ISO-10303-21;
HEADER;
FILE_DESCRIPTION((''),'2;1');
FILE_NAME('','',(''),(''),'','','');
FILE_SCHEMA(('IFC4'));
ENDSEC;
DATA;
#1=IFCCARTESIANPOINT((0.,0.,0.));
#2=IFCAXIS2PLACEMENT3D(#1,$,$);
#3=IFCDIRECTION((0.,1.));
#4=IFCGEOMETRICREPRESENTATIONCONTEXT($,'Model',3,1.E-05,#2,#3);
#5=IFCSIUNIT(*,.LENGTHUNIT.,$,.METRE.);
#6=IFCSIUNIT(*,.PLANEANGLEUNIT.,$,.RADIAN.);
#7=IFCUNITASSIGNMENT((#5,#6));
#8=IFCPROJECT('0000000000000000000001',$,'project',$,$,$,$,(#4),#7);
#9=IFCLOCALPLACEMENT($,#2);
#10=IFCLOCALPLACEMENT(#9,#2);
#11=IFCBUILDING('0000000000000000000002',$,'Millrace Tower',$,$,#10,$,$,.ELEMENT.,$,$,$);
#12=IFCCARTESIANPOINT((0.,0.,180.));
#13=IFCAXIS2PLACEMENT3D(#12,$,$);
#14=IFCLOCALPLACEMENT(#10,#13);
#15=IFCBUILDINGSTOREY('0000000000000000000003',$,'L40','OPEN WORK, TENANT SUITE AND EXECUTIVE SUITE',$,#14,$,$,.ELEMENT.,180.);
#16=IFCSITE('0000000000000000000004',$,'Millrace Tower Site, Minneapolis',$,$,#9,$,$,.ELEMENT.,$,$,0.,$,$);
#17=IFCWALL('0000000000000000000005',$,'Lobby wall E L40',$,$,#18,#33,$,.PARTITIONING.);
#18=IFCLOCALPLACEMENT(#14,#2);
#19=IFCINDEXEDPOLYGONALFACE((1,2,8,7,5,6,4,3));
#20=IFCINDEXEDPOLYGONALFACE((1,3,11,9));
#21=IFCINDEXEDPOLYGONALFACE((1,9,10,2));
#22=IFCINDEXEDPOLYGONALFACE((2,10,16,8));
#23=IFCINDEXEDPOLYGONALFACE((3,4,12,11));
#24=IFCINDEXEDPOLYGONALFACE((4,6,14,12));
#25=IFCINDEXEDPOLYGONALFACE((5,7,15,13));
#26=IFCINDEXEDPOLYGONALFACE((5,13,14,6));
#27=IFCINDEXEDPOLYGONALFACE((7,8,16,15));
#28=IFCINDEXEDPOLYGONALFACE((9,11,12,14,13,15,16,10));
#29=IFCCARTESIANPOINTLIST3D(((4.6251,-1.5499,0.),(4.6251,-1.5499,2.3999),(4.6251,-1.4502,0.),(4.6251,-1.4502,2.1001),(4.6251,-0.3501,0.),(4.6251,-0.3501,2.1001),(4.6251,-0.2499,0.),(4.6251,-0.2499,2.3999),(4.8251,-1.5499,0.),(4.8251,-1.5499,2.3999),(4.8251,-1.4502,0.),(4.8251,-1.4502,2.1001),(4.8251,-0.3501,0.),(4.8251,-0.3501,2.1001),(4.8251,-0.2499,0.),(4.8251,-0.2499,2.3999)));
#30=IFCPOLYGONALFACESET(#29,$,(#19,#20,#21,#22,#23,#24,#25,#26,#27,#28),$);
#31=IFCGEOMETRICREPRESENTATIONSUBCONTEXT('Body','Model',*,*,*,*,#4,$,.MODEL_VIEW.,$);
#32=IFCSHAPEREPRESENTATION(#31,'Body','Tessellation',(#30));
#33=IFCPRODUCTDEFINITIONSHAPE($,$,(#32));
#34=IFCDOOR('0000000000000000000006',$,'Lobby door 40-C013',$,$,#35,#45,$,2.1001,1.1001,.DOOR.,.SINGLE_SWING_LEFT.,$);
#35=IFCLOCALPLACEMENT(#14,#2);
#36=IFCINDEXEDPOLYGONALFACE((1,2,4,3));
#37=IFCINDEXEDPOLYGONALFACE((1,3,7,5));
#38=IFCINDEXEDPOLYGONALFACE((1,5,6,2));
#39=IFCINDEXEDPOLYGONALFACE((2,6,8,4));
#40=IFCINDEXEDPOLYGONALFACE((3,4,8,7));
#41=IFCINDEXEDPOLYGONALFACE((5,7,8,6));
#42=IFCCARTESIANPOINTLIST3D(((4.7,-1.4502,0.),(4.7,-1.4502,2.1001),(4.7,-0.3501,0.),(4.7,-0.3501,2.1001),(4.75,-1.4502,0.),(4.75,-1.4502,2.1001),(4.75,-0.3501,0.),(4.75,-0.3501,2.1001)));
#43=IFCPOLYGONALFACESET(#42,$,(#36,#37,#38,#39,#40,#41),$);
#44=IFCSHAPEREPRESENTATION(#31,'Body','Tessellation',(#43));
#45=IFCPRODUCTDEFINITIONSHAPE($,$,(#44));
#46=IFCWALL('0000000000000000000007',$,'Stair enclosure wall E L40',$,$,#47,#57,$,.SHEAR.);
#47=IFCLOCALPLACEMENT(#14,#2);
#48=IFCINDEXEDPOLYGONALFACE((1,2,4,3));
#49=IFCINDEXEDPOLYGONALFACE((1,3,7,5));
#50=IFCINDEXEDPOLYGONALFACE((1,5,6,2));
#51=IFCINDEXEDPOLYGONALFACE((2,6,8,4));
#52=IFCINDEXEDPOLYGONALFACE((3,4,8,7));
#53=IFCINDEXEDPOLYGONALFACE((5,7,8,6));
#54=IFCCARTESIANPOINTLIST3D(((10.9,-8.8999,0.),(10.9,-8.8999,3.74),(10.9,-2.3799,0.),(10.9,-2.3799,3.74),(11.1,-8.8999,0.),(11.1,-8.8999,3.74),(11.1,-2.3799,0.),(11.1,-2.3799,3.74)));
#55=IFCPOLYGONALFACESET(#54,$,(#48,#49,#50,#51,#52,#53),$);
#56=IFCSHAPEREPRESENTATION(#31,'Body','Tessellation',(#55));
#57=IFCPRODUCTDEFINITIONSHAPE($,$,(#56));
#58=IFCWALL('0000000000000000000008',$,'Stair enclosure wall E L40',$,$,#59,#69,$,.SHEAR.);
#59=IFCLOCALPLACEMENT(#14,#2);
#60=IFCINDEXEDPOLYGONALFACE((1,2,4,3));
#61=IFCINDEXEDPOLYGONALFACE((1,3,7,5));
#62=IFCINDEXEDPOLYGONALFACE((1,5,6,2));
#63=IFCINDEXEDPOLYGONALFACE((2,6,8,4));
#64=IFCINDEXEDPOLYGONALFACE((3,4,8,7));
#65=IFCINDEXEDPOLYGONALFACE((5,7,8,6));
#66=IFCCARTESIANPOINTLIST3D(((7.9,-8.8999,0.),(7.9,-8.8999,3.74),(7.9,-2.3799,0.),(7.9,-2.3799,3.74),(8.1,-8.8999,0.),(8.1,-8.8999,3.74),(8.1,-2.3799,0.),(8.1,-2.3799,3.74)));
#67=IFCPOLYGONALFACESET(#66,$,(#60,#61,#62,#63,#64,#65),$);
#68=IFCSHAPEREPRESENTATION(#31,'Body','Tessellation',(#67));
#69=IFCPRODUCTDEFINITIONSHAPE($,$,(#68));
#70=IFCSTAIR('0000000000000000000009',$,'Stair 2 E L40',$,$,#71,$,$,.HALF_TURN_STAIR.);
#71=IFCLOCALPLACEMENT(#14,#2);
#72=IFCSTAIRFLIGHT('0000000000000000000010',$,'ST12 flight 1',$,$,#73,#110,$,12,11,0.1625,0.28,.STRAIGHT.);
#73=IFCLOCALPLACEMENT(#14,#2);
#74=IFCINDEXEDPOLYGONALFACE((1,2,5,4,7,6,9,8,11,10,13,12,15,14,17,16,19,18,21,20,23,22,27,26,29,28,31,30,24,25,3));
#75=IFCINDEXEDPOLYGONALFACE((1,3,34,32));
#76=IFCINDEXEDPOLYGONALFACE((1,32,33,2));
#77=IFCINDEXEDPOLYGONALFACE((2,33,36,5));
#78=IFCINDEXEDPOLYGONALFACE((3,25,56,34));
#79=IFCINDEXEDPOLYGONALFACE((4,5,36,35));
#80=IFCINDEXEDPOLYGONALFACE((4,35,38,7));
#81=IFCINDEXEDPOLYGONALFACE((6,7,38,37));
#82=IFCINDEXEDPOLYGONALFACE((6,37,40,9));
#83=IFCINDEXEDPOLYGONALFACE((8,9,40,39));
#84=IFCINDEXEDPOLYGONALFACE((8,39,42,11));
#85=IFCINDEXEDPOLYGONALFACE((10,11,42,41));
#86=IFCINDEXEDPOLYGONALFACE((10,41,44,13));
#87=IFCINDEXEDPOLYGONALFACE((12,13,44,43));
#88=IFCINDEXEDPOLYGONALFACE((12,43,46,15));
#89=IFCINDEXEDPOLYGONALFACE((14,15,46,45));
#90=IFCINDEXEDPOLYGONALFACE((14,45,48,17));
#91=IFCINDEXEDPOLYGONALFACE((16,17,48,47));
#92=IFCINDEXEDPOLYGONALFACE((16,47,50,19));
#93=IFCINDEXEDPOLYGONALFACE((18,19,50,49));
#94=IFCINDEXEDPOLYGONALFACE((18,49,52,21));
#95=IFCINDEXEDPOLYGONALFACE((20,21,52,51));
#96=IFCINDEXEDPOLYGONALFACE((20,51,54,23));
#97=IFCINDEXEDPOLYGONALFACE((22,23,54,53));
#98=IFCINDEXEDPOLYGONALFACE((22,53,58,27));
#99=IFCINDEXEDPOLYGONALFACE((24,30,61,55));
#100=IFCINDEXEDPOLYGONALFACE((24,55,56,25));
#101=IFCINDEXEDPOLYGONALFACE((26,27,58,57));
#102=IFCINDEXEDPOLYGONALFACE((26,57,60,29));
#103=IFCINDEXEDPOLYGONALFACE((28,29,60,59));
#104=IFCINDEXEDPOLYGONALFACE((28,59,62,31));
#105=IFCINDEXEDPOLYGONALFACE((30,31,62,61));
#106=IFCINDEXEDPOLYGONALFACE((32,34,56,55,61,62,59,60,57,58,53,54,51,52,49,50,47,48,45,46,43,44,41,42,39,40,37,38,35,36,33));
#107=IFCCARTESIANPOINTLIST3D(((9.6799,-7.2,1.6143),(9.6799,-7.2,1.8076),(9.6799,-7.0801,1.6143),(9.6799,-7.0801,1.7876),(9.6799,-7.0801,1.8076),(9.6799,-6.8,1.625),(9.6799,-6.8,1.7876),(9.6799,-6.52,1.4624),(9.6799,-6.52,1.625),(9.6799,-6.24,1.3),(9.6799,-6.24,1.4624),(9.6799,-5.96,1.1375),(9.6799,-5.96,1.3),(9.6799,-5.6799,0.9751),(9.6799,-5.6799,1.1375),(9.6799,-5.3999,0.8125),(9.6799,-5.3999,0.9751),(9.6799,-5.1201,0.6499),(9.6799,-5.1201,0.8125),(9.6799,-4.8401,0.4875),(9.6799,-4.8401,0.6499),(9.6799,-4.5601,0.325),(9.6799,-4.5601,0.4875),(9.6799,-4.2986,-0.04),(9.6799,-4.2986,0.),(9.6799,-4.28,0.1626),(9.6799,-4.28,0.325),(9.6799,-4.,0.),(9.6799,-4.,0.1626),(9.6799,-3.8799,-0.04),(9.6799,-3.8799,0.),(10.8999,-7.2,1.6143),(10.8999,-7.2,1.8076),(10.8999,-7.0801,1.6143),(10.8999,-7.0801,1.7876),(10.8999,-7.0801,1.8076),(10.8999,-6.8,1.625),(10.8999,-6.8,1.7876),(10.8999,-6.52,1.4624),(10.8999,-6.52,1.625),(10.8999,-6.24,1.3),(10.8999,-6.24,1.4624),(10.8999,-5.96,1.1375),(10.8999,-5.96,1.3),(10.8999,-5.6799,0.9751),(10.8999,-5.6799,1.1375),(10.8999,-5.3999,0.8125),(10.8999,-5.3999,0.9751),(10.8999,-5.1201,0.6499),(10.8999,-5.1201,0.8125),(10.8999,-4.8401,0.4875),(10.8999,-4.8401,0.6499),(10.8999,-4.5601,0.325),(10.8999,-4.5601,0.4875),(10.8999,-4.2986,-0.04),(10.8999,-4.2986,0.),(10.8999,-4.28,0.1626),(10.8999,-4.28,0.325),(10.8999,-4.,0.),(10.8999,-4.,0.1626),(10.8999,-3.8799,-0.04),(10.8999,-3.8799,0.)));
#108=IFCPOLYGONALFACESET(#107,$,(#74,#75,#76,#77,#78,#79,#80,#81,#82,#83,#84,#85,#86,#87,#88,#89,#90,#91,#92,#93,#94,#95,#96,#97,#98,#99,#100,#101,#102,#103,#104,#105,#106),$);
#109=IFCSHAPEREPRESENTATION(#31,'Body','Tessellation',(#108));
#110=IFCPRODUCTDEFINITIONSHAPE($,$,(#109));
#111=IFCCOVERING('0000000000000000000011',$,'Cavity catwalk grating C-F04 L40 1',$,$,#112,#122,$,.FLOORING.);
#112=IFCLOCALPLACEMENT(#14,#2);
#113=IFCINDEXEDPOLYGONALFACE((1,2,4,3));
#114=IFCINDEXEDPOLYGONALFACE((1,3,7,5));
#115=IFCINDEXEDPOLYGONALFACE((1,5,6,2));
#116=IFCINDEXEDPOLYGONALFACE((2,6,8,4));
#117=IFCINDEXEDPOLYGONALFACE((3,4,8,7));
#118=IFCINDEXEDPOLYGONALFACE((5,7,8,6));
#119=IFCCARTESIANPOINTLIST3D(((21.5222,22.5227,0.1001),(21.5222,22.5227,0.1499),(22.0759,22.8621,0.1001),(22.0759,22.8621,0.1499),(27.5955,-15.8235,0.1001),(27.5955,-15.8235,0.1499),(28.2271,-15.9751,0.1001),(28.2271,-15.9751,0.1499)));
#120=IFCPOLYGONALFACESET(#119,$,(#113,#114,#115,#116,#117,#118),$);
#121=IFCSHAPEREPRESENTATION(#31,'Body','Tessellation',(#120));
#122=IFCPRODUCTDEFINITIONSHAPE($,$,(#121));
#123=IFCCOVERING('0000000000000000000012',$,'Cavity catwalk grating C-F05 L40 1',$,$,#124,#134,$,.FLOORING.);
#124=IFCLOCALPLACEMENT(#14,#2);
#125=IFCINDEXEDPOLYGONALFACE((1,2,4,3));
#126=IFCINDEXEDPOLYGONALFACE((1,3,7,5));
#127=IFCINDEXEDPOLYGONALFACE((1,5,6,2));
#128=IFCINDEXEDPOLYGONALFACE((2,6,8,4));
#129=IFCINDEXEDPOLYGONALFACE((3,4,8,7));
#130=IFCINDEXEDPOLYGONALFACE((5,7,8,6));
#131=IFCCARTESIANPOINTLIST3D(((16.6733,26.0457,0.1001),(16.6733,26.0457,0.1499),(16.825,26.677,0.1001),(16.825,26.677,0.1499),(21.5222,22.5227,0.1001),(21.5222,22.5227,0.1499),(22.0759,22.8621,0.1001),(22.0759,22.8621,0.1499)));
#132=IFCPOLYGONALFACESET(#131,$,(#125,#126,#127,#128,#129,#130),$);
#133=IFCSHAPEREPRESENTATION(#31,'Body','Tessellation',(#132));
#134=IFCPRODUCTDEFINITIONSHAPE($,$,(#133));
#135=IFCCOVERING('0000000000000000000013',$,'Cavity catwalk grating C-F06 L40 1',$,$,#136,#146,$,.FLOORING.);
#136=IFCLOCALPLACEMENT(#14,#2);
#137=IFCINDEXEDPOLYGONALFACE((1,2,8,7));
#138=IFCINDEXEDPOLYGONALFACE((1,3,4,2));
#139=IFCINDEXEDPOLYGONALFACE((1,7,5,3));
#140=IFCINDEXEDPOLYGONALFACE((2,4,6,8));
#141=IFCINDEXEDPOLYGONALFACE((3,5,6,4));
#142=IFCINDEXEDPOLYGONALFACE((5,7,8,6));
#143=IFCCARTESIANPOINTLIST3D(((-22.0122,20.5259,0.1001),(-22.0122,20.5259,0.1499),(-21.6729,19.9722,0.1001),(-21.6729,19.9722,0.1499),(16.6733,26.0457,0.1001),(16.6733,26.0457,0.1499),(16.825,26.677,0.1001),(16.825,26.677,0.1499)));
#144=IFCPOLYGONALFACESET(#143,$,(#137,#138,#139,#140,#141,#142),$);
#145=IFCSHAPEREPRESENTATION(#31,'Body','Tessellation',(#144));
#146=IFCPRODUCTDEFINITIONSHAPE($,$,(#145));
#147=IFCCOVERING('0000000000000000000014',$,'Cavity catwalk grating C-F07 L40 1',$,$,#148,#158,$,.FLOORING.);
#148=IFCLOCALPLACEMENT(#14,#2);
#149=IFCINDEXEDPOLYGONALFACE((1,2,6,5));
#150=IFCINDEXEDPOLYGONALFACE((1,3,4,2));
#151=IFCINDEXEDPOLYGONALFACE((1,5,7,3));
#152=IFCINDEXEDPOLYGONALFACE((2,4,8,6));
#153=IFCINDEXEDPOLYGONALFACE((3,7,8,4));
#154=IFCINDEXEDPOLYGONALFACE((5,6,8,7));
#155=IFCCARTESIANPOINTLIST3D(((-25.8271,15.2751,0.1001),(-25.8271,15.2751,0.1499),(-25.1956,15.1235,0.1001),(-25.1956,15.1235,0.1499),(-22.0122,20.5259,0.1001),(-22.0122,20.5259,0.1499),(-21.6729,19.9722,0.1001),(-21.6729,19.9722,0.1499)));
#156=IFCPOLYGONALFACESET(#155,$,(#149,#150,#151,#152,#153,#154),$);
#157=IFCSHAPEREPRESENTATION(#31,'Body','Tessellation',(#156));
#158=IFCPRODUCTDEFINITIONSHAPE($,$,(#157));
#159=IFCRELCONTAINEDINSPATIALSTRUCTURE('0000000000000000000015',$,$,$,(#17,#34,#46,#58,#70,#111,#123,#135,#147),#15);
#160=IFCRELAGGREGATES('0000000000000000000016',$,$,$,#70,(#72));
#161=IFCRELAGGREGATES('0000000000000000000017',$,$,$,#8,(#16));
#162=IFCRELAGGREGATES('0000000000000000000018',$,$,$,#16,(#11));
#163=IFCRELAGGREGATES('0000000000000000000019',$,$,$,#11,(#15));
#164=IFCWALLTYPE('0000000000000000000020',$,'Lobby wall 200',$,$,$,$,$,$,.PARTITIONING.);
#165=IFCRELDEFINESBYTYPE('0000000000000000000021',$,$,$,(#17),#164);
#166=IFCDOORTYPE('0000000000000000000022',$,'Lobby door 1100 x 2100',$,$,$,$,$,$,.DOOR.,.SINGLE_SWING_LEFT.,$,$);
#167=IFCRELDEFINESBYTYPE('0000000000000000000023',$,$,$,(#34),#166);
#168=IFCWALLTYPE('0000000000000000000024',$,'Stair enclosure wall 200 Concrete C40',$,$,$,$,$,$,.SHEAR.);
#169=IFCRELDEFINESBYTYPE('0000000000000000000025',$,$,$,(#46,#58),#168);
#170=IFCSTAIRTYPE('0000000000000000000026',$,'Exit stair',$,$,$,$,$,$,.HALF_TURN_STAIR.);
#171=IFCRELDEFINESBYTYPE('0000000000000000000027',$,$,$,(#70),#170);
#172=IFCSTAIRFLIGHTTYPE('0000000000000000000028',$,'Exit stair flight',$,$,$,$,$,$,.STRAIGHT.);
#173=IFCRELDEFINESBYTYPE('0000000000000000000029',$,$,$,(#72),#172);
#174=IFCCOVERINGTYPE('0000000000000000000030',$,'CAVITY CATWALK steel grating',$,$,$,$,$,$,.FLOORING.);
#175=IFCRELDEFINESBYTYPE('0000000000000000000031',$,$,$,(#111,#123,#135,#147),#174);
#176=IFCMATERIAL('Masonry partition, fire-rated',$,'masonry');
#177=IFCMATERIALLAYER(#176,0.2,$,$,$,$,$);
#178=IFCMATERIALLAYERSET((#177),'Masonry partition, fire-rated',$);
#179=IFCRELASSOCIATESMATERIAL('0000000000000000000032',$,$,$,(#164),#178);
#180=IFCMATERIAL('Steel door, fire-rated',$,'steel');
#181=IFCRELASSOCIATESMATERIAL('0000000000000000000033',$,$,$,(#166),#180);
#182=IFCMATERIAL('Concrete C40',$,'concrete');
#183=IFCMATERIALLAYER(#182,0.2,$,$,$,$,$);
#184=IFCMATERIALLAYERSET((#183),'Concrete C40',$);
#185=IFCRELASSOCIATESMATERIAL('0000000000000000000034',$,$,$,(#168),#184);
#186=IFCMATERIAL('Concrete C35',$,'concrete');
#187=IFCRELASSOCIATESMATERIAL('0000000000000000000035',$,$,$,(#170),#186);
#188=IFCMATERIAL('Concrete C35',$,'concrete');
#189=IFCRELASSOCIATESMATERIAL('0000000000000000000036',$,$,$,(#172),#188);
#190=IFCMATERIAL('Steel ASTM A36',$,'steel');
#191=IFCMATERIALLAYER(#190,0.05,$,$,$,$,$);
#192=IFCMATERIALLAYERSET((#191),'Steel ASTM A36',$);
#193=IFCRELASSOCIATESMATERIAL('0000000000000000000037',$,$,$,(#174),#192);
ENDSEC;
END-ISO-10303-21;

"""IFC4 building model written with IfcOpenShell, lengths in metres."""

from ifc_helpers import new_model, si_unit, direction, frame, frame_2d, origin, place, context, subcontext, project, spatial, polyline, rectangle, outline, extrude, material, layer, layer_set, type_object, element, fill, aggregate, save


model = new_model("IFC4")

# Units and contexts
model_context = context("Model", 3, precision=1e-05, world=origin(), true_north=direction((0.0, 1.0)))
body_context = subcontext(model_context, "Body", "Model", "MODEL_VIEW")
ifc_project = project(units=[si_unit("LENGTHUNIT", "METRE"), si_unit("PLANEANGLEUNIT", "RADIAN")], contexts=[model_context])

# Site, building, storey
site_placement = place(None, origin())
site = spatial("IfcSite", under=ifc_project, at=site_placement, Name="Millrace Tower Site, Minneapolis", CompositionType="ELEMENT", RefElevation=0.0)
building_placement = place(site_placement, origin())
building = spatial("IfcBuilding", under=site, at=building_placement, Name="Millrace Tower", CompositionType="ELEMENT")
storey_placement = place(building_placement, frame((0.0, 0.0, 180.0)))
storey = spatial("IfcBuildingStorey", under=building, at=storey_placement, Name="L40", Description="OPEN WORK, TENANT SUITE AND EXECUTIVE SUITE", CompositionType="ELEMENT", Elevation=180.0)

# Shared definitions
placement_1 = place(storey_placement, origin())

# Wall, opening, door
ifc_material_1 = material(Name="Masonry partition, fire-rated", Category="masonry")
ifc_layer_1 = layer(ifc_material_1, 0.2)
ifc_layer_set_1 = layer_set([ifc_layer_1], Name="Masonry partition, fire-rated")
wall_type_1 = type_object("IfcWallType", Name="Lobby wall 200", PredefinedType="PARTITIONING", material=ifc_layer_set_1)
wall_1_placement = place(storey_placement, frame((4.7251, -0.25, 0.0), z_axis=(0.0, 0.0, 1.0), x_axis=(0.0, -1.0, 0.0)))
wall_1 = element("IfcWall", 1, at=wall_1_placement, inside=storey, type_object=wall_type_1, Name="Lobby wall E L40", PredefinedType="PARTITIONING", context=body_context, shape_type="SweptSolid", body=[
    extrude(rectangle(XDim=1.3, YDim=0.2, at=frame_2d((0.6499, 0.0))), origin(), (0.0, 0.0, 1.0), 2.3999),
])
opening_placement = place(wall_1_placement, frame((0.1001, 0.0, 0.0)))
opening = element("IfcOpeningElement", 2, at=opening_placement, cuts=wall_1, PredefinedType="OPENING", context=body_context, shape_type="SweptSolid", body=[
    extrude(rectangle(XDim=1.1001, YDim=2.1001, at=frame_2d((0.55, 1.05))), frame((0.0, 0.1099, 0.0), z_axis=(0.0, -1.0, 0.0), x_axis=(1.0, 0.0, 0.0)), (0.0, 0.0, 1.0), 0.22),
])
ifc_material_2 = material(Name="Steel door, fire-rated", Category="steel")
door_type = type_object("IfcDoorType", Name="Lobby door 1100 x 2100", OperationType="SINGLE_SWING_LEFT", PredefinedType="DOOR", material=ifc_material_2)
door_placement = place(opening_placement, origin())
door = element("IfcDoor", 3, at=door_placement, inside=storey, type_object=door_type, Name="Lobby door 40-C013", OperationType="SINGLE_SWING_LEFT", OverallHeight=2.1001, OverallWidth=1.1001, PredefinedType="DOOR", context=body_context, shape_type="SweptSolid", body=[
    extrude(rectangle(XDim=1.1001, YDim=2.1001, at=frame_2d((0.55, 1.05))), frame((0.0, 0.0249, 0.0), z_axis=(0.0, -1.0, 0.0), x_axis=(1.0, 0.0, 0.0)), (0.0, 0.0, 1.0), 0.05),
])
fill(opening, door)

# Walls
ifc_material_3 = material(Name="Concrete C40", Category="concrete")
ifc_layer_2 = layer(ifc_material_3, 0.2)
ifc_layer_set_2 = layer_set([ifc_layer_2], Name="Concrete C40")
wall_type_2 = type_object("IfcWallType", Name="Stair enclosure wall 200 Concrete C40", PredefinedType="SHEAR", material=ifc_layer_set_2)
for number, where, z_axis, x_axis, name in (
    (4, (11.0, -2.3799, 0.0), (0.0, 0.0, 1.0), (0.0, -1.0, 0.0), "Stair enclosure wall E L40"),
    (5, (8.0, -2.3799, 0.0), (0.0, 0.0, 1.0), (0.0, -1.0, 0.0), "Stair enclosure wall E L40"),
):
    element("IfcWall", number, at=place(storey_placement, frame(where, z_axis=z_axis, x_axis=x_axis)), inside=storey, type_object=wall_type_2, Name=name, PredefinedType="SHEAR", context=body_context, shape_type="SweptSolid", body=[
        extrude(rectangle(XDim=6.52, YDim=0.2, at=frame_2d((3.26, 0.0))), origin(), (0.0, 0.0, 1.0), 3.74),
    ])

# Stair, stair flight
ifc_material_4 = material(Name="Concrete C35", Category="concrete")
stair_type = type_object("IfcStairType", Name="Exit stair", PredefinedType="HALF_TURN_STAIR", material=ifc_material_4)
stair = element("IfcStair", 6, at=placement_1, inside=storey, type_object=stair_type, Name="Stair 2 E L40", PredefinedType="HALF_TURN_STAIR")
ifc_material_5 = material(Name="Concrete C35", Category="concrete")
stair_flight_type = type_object("IfcStairFlightType", Name="Exit stair flight", PredefinedType="STRAIGHT", material=ifc_material_5)
stair_flight_placement = place(storey_placement, frame((10.29, -4.0, 0.0), z_axis=(0.0, 0.0, 1.0), x_axis=(0.0, -1.0, 0.0)))
stair_flight = element("IfcStairFlight", 7, at=stair_flight_placement, type_object=stair_flight_type, Name="ST12 flight 1", NumberOfRisers=12, NumberOfTreads=11, PredefinedType="STRAIGHT", RiserHeight=0.1625, TreadLength=0.28, context=body_context, shape_type="SweptSolid", body=[
    extrude(outline(polyline([(-0.1201, -0.04), (-0.1201, 0.0), (0.0, 0.0), (0.0, 0.1626), (0.28, 0.1626), (0.28, 0.325), (0.5601, 0.325), (0.5601, 0.4875), (0.8401, 0.4875), (0.8401, 0.6499), (1.1201, 0.6499), (1.1201, 0.8125), (1.3999, 0.8125), (1.3999, 0.9751), (1.6799, 0.9751), (1.6799, 1.1375), (1.96, 1.1375), (1.96, 1.3), (2.24, 1.3), (2.24, 1.4624), (2.52, 1.4624), (2.52, 1.625), (2.8, 1.625), (2.8, 1.7876), (3.0801, 1.7876), (3.0801, 1.8076), (3.2, 1.8076), (3.2, 1.6143), (3.0801, 1.6143), (0.2986, 0.0), (0.2986, -0.04), (-0.1201, -0.04)])), frame((0.0, 0.6099, 0.0), z_axis=(0.0, -1.0, 0.0), x_axis=(1.0, 0.0, 0.0)), (0.0, 0.0, 1.0), 1.22),
])
aggregate(stair, [stair_flight])

# Coverings
ifc_material_6 = material(Name="Steel ASTM A36", Category="steel")
ifc_layer_3 = layer(ifc_material_6, 0.05)
ifc_layer_set_3 = layer_set([ifc_layer_3], Name="Steel ASTM A36")
covering_type = type_object("IfcCoveringType", Name="CAVITY CATWALK steel grating", PredefinedType="FLOORING", material=ifc_layer_set_3)
placement_2 = place(storey_placement, frame((0.0, 0.0, 0.1001)))
element("IfcCovering", 8, at=placement_2, inside=storey, type_object=covering_type, Name="Cavity catwalk grating C-F04 L40 1", PredefinedType="FLOORING", context=body_context, shape_type="SweptSolid", body=[
    extrude(outline(polyline([(28.2271, -15.9751), (22.0759, 22.8621), (21.5222, 22.5227), (27.5955, -15.8235), (28.2271, -15.9751)])), origin(), (0.0, 0.0, 1.0), 0.0498),
])
element("IfcCovering", 9, at=placement_2, inside=storey, type_object=covering_type, Name="Cavity catwalk grating C-F05 L40 1", PredefinedType="FLOORING", context=body_context, shape_type="SweptSolid", body=[
    extrude(outline(polyline([(22.0759, 22.8621), (16.825, 26.677), (16.6733, 26.0457), (21.5222, 22.5227), (22.0759, 22.8621)])), origin(), (0.0, 0.0, 1.0), 0.0498),
])
element("IfcCovering", 10, at=placement_2, inside=storey, type_object=covering_type, Name="Cavity catwalk grating C-F06 L40 1", PredefinedType="FLOORING", context=body_context, shape_type="SweptSolid", body=[
    extrude(outline(polyline([(16.825, 26.677), (-22.0122, 20.5259), (-21.6729, 19.9722), (16.6733, 26.0457), (16.825, 26.677)])), origin(), (0.0, 0.0, 1.0), 0.0498),
])
element("IfcCovering", 11, at=placement_2, inside=storey, type_object=covering_type, Name="Cavity catwalk grating C-F07 L40 1", PredefinedType="FLOORING", context=body_context, shape_type="SweptSolid", body=[
    extrude(outline(polyline([(-22.0122, 20.5259), (-25.8271, 15.2751), (-25.1956, 15.1235), (-21.6729, 19.9722), (-22.0122, 20.5259)])), origin(), (0.0, 0.0, 1.0), 0.0498),
])

save(model, "model.ifc")
